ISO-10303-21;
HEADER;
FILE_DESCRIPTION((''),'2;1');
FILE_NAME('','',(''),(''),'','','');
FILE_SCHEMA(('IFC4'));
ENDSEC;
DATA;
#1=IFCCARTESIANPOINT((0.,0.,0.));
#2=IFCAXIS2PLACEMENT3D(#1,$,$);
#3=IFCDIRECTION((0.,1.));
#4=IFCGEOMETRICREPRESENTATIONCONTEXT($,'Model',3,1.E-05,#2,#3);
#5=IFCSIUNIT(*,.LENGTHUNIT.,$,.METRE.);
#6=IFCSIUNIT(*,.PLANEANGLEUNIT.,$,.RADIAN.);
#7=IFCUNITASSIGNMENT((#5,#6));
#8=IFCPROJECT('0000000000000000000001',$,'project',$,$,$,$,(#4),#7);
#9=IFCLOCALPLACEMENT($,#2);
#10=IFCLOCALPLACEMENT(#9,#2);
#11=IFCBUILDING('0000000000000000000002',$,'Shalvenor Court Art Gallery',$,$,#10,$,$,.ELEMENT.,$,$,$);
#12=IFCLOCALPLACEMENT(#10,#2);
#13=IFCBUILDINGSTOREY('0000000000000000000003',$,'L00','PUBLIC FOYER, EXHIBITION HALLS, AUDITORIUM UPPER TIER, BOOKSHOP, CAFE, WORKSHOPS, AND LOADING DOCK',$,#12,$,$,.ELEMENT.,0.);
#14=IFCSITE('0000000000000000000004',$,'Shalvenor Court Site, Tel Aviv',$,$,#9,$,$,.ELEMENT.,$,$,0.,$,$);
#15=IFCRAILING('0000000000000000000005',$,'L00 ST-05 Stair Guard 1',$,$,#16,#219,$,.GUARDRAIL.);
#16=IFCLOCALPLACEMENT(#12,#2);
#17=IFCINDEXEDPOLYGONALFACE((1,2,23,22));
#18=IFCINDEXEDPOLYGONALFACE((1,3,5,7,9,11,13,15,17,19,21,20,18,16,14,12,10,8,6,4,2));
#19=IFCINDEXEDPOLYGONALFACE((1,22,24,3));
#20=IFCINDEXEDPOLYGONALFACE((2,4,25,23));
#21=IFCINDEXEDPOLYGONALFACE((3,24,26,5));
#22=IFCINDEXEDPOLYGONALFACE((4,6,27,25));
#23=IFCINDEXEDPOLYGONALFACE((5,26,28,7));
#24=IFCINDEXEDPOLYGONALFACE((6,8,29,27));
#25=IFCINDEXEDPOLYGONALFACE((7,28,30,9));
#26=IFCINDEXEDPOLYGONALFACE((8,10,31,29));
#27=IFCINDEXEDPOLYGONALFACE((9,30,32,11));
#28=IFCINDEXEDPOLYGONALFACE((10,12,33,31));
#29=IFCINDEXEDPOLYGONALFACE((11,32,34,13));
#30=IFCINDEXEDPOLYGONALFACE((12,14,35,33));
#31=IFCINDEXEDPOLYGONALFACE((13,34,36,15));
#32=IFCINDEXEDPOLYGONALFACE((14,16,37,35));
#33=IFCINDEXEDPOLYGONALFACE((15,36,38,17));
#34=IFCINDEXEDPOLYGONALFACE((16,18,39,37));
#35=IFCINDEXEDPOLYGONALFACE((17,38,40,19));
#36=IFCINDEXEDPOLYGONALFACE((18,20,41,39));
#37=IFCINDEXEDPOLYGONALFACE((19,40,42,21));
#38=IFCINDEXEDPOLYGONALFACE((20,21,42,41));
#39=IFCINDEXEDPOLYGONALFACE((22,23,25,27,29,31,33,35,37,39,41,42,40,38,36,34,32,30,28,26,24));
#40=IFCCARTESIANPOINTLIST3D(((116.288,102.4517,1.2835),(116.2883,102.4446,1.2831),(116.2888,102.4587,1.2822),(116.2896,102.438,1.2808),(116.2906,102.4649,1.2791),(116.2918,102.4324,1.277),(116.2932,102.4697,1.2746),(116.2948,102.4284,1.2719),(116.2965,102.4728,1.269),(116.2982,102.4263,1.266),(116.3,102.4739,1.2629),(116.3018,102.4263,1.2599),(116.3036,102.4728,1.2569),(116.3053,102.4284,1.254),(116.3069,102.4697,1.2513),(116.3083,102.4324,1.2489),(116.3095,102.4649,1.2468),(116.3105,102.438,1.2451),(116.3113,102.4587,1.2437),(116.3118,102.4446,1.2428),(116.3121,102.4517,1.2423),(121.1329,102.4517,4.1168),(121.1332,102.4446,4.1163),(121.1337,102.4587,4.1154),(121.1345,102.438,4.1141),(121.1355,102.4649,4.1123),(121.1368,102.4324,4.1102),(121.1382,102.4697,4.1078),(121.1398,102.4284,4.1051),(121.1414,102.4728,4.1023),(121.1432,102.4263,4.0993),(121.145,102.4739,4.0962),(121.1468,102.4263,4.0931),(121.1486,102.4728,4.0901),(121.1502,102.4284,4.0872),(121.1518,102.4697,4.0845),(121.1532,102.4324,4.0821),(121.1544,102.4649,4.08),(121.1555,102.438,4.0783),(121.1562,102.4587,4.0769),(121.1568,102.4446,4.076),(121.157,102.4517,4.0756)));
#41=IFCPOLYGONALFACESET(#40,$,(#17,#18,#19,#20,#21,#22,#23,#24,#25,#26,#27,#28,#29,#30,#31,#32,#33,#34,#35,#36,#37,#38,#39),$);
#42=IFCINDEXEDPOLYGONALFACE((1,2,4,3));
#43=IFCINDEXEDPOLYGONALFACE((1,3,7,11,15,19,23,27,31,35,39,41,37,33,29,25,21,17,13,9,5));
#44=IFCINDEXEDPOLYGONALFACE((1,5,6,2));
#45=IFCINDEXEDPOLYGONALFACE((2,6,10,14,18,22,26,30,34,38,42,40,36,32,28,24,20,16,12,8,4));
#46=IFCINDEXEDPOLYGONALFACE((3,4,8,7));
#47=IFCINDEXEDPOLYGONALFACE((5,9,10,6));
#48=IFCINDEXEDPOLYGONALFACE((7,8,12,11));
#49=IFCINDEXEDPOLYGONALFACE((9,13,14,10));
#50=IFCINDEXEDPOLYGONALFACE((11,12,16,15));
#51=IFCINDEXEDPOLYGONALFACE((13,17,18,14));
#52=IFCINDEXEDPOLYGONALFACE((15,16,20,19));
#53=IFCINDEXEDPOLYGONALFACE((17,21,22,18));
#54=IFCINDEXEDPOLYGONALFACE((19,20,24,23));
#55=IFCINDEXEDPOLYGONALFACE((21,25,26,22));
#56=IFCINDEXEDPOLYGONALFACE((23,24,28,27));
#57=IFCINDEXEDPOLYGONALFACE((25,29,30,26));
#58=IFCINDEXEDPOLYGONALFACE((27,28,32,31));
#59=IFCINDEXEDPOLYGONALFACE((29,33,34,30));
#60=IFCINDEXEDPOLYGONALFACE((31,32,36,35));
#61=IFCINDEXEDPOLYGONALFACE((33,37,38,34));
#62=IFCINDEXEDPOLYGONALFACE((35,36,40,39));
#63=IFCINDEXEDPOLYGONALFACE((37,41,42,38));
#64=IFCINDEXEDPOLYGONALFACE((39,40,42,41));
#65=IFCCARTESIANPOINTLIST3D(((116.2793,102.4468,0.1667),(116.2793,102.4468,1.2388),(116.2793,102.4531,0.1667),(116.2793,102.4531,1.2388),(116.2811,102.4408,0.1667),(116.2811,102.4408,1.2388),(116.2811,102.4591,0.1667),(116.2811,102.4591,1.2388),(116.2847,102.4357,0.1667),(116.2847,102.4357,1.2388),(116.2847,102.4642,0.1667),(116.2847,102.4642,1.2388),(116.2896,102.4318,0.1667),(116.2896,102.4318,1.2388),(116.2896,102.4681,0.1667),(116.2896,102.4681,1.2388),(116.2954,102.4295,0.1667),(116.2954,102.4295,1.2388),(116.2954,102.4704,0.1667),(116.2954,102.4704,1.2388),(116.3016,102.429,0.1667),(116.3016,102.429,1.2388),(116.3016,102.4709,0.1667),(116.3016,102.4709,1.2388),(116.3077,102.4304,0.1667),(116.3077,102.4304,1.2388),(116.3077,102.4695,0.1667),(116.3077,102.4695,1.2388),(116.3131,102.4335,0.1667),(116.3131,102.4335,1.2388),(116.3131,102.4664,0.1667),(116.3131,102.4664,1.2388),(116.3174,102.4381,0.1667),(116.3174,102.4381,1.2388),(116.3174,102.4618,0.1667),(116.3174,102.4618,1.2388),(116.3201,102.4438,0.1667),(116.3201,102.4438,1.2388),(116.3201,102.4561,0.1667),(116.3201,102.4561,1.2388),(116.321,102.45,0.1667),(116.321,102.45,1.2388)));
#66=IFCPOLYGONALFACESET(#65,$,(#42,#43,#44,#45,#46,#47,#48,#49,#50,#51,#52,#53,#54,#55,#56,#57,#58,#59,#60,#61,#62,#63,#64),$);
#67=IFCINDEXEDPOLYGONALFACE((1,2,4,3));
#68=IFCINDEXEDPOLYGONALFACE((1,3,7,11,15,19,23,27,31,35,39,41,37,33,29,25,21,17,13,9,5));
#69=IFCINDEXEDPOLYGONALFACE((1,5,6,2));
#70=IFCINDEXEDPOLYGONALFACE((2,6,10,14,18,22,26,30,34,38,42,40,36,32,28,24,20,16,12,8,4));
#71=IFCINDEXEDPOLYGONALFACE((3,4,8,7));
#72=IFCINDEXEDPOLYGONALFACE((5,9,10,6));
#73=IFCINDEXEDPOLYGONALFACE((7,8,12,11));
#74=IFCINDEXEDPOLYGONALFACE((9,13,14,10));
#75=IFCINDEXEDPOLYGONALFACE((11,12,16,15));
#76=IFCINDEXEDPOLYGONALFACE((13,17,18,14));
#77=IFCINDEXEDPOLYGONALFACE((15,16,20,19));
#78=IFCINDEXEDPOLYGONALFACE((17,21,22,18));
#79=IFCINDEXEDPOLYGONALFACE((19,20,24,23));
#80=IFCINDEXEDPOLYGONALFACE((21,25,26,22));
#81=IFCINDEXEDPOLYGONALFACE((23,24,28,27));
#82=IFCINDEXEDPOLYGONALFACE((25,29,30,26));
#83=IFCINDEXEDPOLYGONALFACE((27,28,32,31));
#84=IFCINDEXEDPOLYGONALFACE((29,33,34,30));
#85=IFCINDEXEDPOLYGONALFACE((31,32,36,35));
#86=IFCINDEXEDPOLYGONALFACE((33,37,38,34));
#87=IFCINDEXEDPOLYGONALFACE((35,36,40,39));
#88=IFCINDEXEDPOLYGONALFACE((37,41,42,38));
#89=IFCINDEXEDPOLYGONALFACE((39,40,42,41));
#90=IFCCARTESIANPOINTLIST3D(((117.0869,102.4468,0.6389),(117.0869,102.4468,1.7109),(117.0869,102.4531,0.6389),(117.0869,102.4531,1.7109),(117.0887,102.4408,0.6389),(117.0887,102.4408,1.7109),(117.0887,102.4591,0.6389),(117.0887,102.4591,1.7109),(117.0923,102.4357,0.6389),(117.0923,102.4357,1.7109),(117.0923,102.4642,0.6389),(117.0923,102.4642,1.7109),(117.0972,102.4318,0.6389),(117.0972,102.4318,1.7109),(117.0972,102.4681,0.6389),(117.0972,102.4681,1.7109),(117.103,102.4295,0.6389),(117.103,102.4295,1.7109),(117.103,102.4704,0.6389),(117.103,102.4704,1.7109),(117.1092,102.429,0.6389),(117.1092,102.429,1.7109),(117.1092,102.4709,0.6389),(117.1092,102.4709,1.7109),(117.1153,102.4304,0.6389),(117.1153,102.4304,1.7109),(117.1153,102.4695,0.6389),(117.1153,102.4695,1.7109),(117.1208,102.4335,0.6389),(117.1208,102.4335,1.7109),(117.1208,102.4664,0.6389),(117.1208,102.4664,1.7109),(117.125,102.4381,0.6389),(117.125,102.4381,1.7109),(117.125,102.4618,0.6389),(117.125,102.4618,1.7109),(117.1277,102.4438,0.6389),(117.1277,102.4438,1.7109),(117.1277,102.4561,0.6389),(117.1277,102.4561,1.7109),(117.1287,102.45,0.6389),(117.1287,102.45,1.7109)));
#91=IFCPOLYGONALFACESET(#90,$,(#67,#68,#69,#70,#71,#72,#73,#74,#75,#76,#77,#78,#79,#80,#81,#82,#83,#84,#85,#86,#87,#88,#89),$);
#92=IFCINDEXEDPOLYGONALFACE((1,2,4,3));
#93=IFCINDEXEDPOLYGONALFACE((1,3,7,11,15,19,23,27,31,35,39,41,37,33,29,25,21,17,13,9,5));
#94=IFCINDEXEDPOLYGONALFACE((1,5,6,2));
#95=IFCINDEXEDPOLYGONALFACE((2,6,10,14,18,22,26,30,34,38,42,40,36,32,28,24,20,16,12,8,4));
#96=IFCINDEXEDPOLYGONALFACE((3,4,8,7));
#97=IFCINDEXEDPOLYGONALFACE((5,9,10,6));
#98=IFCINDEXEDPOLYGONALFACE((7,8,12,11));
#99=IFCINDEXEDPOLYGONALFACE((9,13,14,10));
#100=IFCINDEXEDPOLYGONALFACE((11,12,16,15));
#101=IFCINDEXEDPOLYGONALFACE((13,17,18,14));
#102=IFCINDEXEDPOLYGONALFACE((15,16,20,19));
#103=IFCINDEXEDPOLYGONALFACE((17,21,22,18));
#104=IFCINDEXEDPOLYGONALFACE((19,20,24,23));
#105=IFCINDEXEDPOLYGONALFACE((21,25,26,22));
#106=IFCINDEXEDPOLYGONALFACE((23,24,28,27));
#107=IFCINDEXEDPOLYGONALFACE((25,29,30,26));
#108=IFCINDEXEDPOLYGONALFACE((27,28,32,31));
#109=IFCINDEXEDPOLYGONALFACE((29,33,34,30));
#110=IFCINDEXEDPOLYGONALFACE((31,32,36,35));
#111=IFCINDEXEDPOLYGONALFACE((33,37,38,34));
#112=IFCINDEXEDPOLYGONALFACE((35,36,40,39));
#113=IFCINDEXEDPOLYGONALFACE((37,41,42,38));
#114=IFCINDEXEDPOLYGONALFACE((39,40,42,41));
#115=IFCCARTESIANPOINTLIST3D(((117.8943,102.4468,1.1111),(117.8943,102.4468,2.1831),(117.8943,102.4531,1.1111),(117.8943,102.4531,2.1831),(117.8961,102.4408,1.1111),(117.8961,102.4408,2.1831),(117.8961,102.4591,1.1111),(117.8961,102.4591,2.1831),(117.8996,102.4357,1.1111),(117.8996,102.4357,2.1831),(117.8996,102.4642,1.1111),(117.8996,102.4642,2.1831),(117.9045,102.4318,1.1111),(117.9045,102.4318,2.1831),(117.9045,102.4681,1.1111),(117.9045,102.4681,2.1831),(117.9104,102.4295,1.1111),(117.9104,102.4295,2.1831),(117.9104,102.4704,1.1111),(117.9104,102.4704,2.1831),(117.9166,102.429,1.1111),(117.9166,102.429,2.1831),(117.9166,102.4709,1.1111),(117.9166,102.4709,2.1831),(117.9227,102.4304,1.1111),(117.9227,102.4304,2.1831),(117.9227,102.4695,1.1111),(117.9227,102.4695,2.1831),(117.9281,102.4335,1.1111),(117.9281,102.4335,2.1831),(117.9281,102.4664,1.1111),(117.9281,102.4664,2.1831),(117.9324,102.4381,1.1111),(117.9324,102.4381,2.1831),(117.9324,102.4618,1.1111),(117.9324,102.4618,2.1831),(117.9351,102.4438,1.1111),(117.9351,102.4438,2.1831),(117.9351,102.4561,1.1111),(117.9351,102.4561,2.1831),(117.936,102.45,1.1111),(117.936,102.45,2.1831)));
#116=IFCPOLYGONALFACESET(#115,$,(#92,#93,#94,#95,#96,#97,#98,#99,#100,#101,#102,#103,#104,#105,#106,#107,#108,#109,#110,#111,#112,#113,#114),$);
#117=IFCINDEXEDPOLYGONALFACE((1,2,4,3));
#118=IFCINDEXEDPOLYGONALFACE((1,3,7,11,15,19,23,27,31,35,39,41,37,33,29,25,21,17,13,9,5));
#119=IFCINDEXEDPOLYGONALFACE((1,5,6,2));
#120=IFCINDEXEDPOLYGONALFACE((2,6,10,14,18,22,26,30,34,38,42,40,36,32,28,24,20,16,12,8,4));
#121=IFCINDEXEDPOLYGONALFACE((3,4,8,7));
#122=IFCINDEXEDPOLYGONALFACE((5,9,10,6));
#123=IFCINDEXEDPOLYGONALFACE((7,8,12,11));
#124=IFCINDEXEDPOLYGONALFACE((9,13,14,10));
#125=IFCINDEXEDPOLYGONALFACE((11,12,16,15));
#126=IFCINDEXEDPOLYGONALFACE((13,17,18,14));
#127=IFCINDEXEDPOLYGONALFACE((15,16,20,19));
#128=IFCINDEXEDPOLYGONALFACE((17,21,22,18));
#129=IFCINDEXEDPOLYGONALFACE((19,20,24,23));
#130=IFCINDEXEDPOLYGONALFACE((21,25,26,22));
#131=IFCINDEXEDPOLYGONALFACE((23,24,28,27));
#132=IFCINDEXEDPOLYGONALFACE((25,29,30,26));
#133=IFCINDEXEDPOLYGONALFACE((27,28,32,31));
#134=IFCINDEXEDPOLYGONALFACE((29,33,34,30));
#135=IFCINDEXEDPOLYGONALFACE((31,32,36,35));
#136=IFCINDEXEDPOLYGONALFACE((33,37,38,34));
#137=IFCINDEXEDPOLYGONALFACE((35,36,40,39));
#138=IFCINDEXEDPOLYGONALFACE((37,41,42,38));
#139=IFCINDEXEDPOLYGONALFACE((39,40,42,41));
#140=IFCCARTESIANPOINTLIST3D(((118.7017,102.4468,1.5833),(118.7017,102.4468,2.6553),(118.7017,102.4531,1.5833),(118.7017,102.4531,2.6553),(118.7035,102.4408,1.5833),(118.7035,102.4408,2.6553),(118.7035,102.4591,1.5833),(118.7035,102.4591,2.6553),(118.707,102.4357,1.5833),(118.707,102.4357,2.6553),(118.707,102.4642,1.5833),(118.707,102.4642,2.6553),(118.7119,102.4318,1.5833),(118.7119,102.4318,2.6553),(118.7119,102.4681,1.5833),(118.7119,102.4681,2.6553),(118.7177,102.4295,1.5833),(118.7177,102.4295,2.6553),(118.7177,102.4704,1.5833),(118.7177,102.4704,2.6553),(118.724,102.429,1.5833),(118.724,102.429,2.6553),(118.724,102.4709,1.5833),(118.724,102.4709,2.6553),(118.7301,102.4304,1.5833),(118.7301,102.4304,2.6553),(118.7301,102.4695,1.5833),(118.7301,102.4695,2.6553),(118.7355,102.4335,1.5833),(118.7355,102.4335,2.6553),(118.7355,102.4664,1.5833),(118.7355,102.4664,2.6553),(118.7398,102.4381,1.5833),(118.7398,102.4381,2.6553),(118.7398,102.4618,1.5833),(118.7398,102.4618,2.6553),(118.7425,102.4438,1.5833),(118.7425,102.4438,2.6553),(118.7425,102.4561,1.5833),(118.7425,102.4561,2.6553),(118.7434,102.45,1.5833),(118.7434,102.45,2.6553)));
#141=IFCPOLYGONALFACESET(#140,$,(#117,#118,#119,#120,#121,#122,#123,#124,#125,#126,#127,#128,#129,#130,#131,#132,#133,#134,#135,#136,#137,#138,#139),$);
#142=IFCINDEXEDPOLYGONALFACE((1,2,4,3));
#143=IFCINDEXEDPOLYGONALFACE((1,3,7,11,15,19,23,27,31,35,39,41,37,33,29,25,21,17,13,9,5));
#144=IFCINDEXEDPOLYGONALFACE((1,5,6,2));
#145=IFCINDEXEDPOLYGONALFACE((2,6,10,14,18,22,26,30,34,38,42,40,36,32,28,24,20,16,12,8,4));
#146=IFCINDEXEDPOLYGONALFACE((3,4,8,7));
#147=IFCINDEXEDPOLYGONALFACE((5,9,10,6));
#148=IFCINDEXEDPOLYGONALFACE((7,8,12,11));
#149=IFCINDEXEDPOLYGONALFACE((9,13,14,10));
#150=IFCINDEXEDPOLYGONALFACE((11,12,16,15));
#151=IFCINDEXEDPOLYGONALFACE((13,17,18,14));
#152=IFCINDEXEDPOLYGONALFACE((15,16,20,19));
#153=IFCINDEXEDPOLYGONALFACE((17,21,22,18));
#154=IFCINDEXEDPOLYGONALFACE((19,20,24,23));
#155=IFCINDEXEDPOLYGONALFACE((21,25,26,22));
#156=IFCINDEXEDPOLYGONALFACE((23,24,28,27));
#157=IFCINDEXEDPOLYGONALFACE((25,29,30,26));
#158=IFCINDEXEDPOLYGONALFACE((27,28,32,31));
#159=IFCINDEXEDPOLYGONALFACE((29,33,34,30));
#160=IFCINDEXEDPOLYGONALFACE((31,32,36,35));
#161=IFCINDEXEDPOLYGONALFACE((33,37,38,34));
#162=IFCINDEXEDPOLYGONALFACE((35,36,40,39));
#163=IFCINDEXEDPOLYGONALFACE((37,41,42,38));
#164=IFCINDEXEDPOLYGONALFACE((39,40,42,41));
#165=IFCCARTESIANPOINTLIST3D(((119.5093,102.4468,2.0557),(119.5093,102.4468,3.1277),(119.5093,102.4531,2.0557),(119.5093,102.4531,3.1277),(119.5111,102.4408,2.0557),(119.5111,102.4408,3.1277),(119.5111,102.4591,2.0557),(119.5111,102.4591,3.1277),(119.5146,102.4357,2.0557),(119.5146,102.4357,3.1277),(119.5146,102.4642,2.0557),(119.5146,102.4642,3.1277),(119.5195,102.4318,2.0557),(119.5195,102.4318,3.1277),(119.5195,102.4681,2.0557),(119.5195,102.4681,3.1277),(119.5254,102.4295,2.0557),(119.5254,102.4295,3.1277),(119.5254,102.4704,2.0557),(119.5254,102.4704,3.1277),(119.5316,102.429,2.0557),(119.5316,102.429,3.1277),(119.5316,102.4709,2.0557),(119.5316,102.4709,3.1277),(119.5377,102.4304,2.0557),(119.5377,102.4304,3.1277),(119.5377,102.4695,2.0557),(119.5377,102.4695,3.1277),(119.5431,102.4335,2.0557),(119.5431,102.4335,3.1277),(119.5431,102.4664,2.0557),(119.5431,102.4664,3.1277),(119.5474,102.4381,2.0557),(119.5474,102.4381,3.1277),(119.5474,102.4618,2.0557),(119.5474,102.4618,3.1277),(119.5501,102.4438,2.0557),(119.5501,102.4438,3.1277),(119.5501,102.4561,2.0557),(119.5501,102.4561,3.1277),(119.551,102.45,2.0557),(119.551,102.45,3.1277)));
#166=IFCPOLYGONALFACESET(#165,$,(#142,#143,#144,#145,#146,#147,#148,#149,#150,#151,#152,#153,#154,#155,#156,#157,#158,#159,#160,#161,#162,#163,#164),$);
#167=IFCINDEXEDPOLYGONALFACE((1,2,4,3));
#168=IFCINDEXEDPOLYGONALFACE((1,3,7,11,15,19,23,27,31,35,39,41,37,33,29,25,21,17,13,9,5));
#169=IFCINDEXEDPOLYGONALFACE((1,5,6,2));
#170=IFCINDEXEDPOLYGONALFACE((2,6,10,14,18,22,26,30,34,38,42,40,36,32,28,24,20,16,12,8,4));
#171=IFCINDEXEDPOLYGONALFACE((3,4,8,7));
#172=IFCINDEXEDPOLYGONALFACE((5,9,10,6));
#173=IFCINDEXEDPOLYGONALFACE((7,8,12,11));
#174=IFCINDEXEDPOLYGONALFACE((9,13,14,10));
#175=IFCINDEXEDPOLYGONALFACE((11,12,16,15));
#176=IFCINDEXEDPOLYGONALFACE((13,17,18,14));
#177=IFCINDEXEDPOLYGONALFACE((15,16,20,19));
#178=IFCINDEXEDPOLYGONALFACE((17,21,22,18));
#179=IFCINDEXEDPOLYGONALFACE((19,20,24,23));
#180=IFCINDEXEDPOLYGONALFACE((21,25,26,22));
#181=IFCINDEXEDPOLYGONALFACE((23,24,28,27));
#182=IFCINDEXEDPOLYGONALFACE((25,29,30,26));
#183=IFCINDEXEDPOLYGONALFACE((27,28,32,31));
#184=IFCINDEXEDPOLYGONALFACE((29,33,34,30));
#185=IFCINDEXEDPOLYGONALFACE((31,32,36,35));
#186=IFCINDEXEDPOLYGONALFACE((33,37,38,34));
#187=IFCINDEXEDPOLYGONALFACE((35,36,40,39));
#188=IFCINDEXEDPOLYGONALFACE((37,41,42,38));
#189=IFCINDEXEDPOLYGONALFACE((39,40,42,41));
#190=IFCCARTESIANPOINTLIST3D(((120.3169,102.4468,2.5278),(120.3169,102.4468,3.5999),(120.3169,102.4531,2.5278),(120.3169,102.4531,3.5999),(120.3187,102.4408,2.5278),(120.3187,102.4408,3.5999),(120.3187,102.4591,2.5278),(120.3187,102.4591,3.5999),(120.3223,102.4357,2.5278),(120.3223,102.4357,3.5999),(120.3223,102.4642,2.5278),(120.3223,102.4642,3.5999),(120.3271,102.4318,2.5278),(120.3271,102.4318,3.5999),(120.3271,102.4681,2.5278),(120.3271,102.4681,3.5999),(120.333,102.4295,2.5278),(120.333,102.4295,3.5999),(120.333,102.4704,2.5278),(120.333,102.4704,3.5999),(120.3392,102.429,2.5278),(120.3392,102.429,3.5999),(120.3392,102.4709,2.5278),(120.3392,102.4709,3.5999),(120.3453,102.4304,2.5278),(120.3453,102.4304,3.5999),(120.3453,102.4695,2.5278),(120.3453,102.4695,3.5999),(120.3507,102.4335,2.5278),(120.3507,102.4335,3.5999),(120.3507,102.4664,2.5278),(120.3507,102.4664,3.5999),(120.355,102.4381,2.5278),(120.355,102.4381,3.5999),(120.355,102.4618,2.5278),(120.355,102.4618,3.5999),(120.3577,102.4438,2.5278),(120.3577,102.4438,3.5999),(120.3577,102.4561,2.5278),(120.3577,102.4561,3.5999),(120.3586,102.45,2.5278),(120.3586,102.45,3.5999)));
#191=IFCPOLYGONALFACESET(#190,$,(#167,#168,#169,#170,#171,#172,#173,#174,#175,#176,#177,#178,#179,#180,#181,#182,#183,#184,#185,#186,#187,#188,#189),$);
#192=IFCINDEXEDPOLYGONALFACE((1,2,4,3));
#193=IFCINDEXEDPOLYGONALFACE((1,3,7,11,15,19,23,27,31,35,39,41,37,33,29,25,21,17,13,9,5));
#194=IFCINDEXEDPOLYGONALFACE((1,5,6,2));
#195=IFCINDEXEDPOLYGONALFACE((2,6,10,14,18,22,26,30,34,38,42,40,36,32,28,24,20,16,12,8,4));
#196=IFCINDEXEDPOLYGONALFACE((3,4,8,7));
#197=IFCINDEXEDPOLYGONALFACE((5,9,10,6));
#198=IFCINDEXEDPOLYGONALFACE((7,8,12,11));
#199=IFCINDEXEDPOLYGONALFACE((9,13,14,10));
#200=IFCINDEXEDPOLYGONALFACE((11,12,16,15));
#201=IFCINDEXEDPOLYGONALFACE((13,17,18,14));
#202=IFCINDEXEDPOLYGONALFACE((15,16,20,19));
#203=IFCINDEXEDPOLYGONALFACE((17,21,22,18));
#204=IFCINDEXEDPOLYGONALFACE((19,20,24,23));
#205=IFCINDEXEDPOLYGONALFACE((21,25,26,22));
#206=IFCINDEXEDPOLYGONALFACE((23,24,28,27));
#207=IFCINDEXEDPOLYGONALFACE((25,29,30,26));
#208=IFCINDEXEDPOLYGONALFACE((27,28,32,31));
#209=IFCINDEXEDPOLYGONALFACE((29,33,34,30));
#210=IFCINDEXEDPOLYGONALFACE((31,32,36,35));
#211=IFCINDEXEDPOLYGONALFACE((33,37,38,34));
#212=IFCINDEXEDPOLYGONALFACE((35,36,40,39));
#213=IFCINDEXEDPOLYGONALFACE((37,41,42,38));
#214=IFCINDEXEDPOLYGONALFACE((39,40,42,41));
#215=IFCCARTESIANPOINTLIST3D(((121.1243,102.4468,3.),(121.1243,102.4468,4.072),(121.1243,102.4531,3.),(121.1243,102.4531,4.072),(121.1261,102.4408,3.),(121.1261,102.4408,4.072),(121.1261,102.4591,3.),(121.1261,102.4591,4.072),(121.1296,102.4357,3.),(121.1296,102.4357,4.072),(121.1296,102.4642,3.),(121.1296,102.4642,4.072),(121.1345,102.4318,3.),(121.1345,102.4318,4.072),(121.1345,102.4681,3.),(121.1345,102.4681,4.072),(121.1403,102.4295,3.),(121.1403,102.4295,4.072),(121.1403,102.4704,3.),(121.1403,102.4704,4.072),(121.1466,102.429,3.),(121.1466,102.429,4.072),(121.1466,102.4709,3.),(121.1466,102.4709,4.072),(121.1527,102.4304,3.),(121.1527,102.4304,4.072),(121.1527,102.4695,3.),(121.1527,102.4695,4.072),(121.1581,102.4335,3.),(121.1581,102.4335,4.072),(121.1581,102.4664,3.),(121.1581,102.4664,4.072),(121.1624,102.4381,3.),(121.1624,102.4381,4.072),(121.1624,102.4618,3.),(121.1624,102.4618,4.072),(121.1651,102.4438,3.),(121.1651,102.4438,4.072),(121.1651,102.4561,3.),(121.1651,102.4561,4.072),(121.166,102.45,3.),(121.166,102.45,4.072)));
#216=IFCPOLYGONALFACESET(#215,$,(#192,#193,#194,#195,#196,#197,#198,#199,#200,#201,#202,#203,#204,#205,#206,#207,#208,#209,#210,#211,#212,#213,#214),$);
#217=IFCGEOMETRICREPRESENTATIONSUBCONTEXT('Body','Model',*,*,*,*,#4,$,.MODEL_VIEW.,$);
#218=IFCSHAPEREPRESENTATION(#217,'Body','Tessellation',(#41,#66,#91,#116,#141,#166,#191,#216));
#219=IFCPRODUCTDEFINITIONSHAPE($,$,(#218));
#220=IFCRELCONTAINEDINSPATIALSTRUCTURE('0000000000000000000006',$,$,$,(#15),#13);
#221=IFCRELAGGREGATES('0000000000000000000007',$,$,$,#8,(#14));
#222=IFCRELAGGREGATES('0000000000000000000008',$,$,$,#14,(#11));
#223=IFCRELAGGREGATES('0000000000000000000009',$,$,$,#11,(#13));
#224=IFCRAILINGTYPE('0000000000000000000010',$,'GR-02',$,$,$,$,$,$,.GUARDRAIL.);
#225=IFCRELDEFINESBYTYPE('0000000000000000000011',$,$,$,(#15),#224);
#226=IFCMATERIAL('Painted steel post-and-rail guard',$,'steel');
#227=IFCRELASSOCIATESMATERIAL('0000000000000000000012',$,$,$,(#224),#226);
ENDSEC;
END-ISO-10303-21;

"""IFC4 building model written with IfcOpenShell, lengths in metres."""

from ifc_helpers import new_model, si_unit, direction, frame, origin, origin_2d, place, context, subcontext, project, spatial, circle, extrude, material, type_object, element, save


model = new_model("IFC4")

# Units and contexts
model_context = context("Model", 3, precision=1e-05, world=origin(), true_north=direction((0.0, 1.0)))
body_context = subcontext(model_context, "Body", "Model", "MODEL_VIEW")
ifc_project = project(units=[si_unit("LENGTHUNIT", "METRE"), si_unit("PLANEANGLEUNIT", "RADIAN")], contexts=[model_context])

# Site, building, storey
site_placement = place(None, origin())
site = spatial("IfcSite", under=ifc_project, at=site_placement, Name="Shalvenor Court Site, Tel Aviv", CompositionType="ELEMENT", RefElevation=0.0)
building_placement = place(site_placement, origin())
building = spatial("IfcBuilding", under=site, at=building_placement, Name="Shalvenor Court Art Gallery", CompositionType="ELEMENT")
storey_placement = place(building_placement, origin())
storey = spatial("IfcBuildingStorey", under=building, at=storey_placement, Name="L00", Description="PUBLIC FOYER, EXHIBITION HALLS, AUDITORIUM UPPER TIER, BOOKSHOP, CAFE, WORKSHOPS, AND LOADING DOCK", CompositionType="ELEMENT", Elevation=0.0)

# Railing
ifc_material_1 = material(Name="Painted steel post-and-rail guard", Category="steel")
railing_type_1 = type_object("IfcRailingType", Name="GR-02", PredefinedType="GUARDRAIL", material=ifc_material_1)
railing_1_placement = place(storey_placement, frame((116.3, 102.45, 0.1667)))
element("IfcRailing", 1, at=railing_1_placement, inside=storey, type_object=railing_type_1, Name="L00 ST-05 Stair Guard 1", PredefinedType="GUARDRAIL", context=body_context, shape_type="SweptSolid", body=[
    extrude(circle(Radius=0.0239, at=origin_2d()), frame((0.0, 0.0, 1.0962), z_axis=(0.863234, 0.0, 0.504804), x_axis=(0.0, 1.0, 0.0)), (0.0, 0.0, 1.0), 5.6125),
    extrude(circle(Radius=0.021, at=origin_2d()), origin(), (0.0, 0.0, 1.0), 1.072),
    extrude(circle(Radius=0.021, at=origin_2d()), frame((0.8076, 0.0, 0.4722)), (0.0, 0.0, 1.0), 1.072),
    extrude(circle(Radius=0.021, at=origin_2d()), frame((1.615, 0.0, 0.9443)), (0.0, 0.0, 1.0), 1.072),
    extrude(circle(Radius=0.021, at=origin_2d()), frame((2.4224, 0.0, 1.4165)), (0.0, 0.0, 1.0), 1.072),
    extrude(circle(Radius=0.021, at=origin_2d()), frame((3.23, 0.0, 1.8889)), (0.0, 0.0, 1.0), 1.072),
    extrude(circle(Radius=0.021, at=origin_2d()), frame((4.0376, 0.0, 2.3611)), (0.0, 0.0, 1.0), 1.072),
    extrude(circle(Radius=0.021, at=origin_2d()), frame((4.845, 0.0, 2.8333)), (0.0, 0.0, 1.0), 1.072),
])

save(model, "model.ifc")
